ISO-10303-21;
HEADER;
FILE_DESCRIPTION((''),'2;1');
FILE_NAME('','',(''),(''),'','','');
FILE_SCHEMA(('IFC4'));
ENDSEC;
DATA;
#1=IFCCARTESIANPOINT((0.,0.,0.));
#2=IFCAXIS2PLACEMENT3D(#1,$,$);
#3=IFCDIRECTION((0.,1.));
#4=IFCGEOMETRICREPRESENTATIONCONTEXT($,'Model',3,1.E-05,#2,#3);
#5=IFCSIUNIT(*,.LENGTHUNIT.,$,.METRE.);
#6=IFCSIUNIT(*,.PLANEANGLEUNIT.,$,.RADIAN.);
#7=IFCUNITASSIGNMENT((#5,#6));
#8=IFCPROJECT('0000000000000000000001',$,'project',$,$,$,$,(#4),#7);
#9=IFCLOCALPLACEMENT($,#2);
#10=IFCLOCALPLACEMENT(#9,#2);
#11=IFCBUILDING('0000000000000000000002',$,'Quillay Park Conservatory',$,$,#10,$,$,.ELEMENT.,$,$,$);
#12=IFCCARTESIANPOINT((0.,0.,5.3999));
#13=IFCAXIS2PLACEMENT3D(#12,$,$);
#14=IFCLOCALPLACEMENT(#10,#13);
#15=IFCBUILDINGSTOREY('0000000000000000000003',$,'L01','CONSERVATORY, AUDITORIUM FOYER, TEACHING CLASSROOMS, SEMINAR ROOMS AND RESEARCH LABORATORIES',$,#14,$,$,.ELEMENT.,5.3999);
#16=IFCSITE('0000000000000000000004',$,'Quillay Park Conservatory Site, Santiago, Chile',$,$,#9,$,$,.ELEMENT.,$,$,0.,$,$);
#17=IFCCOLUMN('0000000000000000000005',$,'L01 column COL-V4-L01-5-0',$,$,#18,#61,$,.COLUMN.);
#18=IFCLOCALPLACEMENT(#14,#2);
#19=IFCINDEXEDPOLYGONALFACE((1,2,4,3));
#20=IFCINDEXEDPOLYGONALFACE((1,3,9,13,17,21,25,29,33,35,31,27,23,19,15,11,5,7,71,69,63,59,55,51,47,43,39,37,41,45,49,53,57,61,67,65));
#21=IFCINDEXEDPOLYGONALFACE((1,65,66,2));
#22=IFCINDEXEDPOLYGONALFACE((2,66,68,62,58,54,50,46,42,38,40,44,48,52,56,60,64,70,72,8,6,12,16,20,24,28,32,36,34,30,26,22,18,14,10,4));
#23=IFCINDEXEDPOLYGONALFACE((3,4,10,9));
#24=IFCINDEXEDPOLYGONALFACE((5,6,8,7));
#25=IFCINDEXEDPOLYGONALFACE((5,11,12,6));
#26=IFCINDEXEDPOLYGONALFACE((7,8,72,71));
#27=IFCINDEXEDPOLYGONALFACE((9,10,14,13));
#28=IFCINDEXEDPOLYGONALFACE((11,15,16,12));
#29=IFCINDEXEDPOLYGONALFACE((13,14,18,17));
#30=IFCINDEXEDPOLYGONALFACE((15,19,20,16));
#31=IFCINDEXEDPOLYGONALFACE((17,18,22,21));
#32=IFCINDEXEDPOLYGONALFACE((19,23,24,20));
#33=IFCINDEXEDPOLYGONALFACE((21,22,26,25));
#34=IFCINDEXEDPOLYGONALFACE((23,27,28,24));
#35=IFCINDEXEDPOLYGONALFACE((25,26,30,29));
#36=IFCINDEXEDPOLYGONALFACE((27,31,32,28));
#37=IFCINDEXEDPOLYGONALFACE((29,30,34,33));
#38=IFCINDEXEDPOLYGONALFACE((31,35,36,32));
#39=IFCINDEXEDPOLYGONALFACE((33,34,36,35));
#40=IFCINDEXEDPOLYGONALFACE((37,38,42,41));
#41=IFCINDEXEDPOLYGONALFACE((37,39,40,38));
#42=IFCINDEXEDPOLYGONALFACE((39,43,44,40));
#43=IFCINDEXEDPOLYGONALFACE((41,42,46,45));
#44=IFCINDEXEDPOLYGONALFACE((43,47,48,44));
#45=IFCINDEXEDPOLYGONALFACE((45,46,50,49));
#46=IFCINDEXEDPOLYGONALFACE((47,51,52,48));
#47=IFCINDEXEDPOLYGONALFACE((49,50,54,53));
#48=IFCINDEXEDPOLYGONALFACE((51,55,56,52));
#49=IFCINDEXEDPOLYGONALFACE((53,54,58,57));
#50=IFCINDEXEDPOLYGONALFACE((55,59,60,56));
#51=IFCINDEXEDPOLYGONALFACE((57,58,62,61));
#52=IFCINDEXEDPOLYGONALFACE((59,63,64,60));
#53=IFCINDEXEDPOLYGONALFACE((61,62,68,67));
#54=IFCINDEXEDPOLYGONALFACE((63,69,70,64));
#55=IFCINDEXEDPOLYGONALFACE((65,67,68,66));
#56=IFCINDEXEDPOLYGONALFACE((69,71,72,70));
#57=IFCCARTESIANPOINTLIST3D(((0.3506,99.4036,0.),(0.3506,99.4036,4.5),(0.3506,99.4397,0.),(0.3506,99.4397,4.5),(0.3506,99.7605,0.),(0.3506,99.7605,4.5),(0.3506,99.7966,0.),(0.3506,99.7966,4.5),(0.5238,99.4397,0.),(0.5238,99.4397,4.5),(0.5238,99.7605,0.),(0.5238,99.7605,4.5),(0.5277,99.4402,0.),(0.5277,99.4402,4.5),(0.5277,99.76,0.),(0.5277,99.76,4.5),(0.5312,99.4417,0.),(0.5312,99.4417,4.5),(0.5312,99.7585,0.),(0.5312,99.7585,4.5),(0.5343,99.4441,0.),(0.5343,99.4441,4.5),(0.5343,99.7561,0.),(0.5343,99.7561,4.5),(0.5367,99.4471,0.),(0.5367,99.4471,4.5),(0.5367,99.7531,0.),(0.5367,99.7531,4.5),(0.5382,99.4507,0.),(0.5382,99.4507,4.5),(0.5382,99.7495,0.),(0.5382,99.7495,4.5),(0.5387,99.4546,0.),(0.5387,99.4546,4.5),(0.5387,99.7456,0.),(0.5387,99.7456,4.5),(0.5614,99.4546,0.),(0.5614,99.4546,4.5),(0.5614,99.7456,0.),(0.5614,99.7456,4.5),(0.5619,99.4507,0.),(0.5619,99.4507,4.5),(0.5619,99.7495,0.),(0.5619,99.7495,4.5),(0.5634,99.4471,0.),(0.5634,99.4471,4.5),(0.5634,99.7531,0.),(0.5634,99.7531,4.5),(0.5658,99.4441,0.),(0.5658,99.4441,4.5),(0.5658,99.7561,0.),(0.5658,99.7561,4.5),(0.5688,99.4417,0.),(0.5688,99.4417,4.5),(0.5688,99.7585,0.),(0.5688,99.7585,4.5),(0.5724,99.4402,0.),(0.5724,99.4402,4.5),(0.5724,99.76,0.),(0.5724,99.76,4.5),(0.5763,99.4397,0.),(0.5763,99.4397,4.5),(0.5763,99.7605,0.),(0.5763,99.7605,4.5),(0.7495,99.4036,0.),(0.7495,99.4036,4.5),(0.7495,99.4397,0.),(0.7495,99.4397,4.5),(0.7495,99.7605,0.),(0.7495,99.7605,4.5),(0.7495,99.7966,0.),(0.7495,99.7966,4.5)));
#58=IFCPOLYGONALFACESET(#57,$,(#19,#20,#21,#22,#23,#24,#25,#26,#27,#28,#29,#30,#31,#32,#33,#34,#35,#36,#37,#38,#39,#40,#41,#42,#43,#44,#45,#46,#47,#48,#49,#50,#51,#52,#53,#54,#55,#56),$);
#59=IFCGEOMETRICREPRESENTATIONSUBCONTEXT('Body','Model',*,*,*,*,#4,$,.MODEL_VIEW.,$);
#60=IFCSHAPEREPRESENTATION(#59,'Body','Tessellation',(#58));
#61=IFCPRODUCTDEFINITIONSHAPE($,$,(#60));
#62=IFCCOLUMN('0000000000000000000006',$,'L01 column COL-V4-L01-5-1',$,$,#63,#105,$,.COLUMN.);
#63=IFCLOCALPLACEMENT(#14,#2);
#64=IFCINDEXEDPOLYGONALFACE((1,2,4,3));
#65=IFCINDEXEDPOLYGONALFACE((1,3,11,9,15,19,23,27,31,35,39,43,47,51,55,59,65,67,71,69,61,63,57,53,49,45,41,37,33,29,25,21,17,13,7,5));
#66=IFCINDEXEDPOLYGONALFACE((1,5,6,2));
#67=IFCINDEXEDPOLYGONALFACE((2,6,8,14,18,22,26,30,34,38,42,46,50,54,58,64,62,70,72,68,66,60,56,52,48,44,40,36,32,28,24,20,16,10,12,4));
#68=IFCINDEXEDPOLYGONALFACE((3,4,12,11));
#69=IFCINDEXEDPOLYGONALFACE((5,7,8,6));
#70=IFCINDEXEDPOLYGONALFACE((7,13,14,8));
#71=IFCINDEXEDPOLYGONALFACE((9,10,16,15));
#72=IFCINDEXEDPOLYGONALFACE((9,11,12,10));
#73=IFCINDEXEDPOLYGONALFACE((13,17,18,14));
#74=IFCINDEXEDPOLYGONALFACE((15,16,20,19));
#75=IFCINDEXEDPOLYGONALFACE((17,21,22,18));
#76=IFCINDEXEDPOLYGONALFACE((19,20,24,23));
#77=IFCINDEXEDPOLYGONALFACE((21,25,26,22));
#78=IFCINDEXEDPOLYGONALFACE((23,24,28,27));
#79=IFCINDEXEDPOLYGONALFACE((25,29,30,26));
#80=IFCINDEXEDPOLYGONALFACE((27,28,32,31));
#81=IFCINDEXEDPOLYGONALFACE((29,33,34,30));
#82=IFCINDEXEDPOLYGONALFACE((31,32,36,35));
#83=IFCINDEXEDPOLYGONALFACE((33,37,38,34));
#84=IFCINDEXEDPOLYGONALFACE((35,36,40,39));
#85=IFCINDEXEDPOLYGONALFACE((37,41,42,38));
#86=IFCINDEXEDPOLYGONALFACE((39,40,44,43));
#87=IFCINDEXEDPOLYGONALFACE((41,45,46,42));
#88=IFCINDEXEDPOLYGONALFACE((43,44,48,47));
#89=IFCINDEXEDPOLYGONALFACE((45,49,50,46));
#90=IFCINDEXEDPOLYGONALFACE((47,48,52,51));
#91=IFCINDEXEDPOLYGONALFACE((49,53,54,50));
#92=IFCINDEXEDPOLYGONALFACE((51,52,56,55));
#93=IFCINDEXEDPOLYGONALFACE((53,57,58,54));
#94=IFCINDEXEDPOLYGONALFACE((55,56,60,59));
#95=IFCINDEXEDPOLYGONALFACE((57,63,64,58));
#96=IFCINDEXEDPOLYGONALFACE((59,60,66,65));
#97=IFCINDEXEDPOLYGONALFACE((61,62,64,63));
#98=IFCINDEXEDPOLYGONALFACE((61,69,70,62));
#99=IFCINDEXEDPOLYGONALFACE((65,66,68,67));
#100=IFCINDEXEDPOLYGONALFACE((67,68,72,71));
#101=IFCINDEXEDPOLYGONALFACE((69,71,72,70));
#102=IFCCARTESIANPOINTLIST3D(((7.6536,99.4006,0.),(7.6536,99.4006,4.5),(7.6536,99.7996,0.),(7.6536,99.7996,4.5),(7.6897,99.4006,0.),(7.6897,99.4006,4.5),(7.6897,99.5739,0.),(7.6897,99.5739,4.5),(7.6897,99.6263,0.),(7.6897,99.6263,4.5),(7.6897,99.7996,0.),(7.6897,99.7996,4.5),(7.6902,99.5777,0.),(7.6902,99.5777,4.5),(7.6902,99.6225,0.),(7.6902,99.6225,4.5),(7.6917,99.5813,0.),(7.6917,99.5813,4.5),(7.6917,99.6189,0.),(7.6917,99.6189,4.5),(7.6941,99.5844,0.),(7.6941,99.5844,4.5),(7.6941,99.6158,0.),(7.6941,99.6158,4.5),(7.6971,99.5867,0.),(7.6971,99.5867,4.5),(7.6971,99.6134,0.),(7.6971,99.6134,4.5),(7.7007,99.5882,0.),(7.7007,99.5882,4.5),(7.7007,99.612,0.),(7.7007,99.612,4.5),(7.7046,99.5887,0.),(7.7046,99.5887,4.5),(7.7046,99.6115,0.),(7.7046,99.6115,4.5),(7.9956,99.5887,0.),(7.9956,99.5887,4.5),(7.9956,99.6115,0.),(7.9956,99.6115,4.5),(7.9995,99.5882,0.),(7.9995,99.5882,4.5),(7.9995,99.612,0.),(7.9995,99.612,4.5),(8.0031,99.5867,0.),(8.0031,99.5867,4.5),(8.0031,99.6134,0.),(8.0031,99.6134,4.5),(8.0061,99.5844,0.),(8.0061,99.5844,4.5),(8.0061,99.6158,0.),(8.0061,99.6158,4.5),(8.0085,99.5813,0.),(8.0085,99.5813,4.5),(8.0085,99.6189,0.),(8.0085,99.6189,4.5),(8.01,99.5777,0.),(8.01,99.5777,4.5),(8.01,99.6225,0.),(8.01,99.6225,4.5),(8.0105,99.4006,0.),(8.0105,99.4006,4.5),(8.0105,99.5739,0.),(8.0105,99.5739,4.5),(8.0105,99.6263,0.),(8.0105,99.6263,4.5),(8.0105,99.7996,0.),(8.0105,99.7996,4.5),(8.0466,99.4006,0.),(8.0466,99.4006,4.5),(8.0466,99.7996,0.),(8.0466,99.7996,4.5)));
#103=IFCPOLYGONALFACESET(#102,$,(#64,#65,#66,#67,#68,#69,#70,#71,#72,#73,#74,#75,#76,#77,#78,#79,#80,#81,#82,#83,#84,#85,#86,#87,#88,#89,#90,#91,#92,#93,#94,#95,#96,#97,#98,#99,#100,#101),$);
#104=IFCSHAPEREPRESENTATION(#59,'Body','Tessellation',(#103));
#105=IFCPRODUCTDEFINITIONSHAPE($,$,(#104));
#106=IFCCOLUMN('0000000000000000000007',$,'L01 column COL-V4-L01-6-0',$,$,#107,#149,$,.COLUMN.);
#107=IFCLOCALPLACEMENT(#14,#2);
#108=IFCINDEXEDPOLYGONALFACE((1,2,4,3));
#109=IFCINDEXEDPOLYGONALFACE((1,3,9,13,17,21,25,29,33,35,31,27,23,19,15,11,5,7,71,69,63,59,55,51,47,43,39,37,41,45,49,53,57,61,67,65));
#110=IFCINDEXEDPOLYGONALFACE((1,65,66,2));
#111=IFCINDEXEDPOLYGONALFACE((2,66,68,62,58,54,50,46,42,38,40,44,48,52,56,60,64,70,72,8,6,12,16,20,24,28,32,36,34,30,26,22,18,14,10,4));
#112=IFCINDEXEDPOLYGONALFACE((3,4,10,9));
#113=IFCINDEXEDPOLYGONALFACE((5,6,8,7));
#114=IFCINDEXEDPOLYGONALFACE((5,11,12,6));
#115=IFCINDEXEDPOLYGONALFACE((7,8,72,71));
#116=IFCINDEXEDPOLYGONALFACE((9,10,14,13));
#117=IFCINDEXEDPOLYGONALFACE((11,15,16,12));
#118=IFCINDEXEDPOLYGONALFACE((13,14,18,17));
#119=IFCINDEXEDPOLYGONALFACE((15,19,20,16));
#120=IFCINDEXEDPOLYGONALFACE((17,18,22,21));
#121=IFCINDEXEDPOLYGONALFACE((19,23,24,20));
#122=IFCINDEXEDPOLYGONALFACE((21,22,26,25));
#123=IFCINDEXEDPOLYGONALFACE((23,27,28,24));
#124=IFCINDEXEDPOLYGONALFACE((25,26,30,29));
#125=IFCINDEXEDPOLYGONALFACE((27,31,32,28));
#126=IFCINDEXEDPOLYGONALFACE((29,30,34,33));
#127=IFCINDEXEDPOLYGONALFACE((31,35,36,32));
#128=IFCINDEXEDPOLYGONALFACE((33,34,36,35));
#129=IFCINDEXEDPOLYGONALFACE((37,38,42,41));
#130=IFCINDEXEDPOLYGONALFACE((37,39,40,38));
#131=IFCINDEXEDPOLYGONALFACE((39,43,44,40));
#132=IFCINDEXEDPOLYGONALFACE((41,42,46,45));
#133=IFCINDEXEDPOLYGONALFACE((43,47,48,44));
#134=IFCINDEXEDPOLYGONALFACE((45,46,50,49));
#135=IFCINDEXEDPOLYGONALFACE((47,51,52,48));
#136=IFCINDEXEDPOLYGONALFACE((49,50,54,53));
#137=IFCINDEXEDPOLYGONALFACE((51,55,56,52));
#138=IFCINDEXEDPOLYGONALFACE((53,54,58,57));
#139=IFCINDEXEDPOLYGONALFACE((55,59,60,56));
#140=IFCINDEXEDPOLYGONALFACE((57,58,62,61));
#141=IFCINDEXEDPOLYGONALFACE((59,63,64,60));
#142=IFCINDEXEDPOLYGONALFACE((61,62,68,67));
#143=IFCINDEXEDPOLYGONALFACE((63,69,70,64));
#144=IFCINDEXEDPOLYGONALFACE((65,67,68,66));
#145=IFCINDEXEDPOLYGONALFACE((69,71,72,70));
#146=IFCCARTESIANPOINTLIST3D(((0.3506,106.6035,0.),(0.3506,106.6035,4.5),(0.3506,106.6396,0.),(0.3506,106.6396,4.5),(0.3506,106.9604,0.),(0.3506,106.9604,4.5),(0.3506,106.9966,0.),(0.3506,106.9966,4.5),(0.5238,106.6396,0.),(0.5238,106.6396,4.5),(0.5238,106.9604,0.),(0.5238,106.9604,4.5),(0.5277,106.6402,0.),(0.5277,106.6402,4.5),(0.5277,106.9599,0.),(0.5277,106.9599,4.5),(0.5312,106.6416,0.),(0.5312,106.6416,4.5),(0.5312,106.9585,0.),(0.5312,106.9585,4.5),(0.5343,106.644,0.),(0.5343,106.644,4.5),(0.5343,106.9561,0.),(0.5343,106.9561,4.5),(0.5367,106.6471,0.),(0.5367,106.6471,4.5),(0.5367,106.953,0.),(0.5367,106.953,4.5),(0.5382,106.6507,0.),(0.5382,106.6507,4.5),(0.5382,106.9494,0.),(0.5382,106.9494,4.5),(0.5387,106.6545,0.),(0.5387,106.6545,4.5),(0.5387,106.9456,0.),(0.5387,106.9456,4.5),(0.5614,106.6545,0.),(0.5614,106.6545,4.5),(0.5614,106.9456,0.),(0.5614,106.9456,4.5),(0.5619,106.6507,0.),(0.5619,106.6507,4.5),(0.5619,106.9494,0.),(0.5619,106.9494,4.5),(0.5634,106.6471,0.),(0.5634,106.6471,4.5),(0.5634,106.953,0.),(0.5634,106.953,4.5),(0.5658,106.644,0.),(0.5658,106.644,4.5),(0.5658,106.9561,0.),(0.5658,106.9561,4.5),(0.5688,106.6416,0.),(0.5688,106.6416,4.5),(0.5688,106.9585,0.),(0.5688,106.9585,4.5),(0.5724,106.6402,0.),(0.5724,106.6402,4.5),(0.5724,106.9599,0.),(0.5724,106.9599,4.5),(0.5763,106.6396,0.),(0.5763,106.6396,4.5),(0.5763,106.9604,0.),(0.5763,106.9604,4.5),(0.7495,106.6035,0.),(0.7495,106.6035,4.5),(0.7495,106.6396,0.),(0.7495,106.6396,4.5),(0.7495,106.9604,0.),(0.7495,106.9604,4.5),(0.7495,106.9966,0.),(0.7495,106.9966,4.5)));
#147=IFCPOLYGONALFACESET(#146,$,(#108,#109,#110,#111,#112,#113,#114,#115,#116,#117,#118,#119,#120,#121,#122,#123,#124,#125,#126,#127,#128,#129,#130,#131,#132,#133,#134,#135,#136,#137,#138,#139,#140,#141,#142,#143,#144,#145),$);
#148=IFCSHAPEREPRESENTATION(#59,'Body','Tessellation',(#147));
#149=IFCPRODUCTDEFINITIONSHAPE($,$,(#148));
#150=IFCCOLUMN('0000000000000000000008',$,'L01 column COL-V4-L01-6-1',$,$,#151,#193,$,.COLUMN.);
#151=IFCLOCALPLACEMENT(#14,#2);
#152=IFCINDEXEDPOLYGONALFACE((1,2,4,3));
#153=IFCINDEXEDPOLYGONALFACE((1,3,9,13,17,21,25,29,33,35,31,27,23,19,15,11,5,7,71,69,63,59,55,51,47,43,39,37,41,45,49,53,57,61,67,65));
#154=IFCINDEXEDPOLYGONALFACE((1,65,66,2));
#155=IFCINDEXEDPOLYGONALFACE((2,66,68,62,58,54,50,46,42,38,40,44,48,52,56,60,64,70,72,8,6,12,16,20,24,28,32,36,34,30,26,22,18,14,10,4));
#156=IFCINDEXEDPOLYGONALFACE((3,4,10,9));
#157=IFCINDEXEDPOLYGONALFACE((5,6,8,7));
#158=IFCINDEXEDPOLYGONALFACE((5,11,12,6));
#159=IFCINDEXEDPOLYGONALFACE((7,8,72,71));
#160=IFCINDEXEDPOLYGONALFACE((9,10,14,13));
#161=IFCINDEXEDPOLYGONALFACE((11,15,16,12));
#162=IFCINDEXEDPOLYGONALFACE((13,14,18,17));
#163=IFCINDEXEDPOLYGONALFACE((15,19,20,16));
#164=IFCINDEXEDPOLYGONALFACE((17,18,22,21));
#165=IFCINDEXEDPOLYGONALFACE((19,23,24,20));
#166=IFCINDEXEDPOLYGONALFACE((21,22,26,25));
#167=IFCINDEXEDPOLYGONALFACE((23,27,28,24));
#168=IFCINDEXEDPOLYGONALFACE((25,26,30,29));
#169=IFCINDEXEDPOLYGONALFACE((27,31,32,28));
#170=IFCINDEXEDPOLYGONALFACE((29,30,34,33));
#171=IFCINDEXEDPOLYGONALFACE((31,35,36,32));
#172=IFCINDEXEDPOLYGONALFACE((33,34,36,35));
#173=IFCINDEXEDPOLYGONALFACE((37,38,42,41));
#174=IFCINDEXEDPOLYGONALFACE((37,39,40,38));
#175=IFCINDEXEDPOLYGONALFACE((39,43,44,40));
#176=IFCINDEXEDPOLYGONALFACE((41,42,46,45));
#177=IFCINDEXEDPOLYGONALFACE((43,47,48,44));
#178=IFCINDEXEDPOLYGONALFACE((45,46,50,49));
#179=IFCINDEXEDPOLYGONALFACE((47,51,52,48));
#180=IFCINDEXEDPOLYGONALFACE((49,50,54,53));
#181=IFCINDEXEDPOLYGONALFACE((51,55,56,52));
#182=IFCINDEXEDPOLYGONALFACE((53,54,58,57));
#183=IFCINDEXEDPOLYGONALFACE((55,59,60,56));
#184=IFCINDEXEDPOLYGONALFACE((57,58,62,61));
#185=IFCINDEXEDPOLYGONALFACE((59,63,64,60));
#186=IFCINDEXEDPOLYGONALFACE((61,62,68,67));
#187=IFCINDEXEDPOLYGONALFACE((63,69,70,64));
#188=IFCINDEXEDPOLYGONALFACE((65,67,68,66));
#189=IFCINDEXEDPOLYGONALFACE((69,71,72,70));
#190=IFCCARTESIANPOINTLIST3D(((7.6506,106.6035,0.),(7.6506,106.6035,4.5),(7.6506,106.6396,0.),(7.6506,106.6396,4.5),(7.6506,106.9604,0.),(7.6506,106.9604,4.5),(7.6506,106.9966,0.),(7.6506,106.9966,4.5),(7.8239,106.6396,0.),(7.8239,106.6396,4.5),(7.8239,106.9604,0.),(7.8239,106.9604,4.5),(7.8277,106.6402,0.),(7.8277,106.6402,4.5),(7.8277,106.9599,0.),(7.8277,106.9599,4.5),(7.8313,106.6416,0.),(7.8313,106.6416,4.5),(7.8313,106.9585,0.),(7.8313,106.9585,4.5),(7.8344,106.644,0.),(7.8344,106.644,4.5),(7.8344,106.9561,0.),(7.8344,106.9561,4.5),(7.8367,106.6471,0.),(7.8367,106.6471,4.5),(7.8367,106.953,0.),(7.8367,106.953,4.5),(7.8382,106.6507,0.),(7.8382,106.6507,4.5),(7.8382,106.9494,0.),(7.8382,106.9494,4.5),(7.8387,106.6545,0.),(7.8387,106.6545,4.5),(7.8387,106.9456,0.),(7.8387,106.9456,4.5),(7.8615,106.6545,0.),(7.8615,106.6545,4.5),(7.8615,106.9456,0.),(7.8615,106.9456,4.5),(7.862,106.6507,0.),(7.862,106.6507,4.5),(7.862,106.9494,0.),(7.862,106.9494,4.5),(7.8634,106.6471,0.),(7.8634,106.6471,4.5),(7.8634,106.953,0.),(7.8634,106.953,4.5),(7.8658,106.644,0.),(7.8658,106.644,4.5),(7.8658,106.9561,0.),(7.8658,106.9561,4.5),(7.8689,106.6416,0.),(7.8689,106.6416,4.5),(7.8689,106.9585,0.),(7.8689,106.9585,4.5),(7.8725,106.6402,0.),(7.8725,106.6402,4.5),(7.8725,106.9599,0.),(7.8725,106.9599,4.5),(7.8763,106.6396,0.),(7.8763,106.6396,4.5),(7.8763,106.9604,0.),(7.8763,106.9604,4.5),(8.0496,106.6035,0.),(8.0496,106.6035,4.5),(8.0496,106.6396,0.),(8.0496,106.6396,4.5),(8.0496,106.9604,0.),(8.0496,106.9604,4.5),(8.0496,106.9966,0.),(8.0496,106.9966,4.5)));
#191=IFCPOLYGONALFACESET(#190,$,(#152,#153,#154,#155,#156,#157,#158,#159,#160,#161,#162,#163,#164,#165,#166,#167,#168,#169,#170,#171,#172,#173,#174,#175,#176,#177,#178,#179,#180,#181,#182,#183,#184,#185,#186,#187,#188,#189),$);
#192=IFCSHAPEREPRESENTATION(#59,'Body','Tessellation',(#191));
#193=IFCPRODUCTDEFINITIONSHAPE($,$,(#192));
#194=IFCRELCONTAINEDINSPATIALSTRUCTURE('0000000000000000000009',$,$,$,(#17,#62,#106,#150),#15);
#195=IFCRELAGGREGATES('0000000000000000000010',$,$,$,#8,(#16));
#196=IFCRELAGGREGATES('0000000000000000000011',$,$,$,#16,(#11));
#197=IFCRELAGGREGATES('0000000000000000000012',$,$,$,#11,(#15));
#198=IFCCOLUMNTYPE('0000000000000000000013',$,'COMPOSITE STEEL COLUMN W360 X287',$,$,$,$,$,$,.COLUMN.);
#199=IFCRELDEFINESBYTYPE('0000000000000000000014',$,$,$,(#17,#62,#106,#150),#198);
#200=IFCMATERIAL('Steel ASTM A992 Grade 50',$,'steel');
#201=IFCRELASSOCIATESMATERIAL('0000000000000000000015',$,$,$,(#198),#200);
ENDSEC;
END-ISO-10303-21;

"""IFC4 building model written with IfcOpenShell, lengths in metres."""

from ifc_helpers import new_model, si_unit, direction, frame, origin, origin_2d, place, context, subcontext, project, spatial, i_section, extrude, material, material_profile, profile_set, type_object, element, save


model = new_model("IFC4")

# Units and contexts
model_context = context("Model", 3, precision=1e-05, world=origin(), true_north=direction((0.0, 1.0)))
body_context = subcontext(model_context, "Body", "Model", "MODEL_VIEW")
ifc_project = project(units=[si_unit("LENGTHUNIT", "METRE"), si_unit("PLANEANGLEUNIT", "RADIAN")], contexts=[model_context])

# Site, building, storey
site_placement = place(None, origin())
site = spatial("IfcSite", under=ifc_project, at=site_placement, Name="Quillay Park Conservatory Site, Santiago, Chile", CompositionType="ELEMENT", RefElevation=0.0)
building_placement = place(site_placement, origin())
building = spatial("IfcBuilding", under=site, at=building_placement, Name="Quillay Park Conservatory", CompositionType="ELEMENT")
storey_placement = place(building_placement, frame((0.0, 0.0, 5.3999)))
storey = spatial("IfcBuildingStorey", under=building, at=storey_placement, Name="L01", Description="CONSERVATORY, AUDITORIUM FOYER, TEACHING CLASSROOMS, SEMINAR ROOMS AND RESEARCH LABORATORIES", CompositionType="ELEMENT", Elevation=5.3999)

# Columns
ifc_material_1 = material(Name="Steel ASTM A992 Grade 50", Category="steel")
ifc_material_profile_1 = material_profile(ifc_material_1, i_section(OverallWidth=0.3989, OverallDepth=0.3931, WebThickness=0.0227, FlangeThickness=0.0361, FilletRadius=0.0149, at=origin_2d()), Name="W360x287")
ifc_profile_set_1 = profile_set([ifc_material_profile_1], Name="Steel ASTM A992 Grade 50")
column_type = type_object("IfcColumnType", Name="COMPOSITE STEEL COLUMN W360 X287", PredefinedType="COLUMN", material=ifc_profile_set_1)
for number, where, z_axis, x_axis, name in (
    (1, (0.55, 99.6001, 0.0), (0.0, 0.0, 1.0), (1.0, 0.0, 0.0), "L01 column COL-V4-L01-5-0"),
    (2, (7.8501, 99.6001, 0.0), (0.0, 0.0, 1.0), (0.0, 1.0, 0.0), "L01 column COL-V4-L01-5-1"),
    (3, (0.55, 106.8, 0.0), (0.0, 0.0, 1.0), (1.0, 0.0, 0.0), "L01 column COL-V4-L01-6-0"),
    (4, (7.8501, 106.8, 0.0), (0.0, 0.0, 1.0), (1.0, 0.0, 0.0), "L01 column COL-V4-L01-6-1"),
):
    element("IfcColumn", number, at=place(storey_placement, frame(where, z_axis=z_axis, x_axis=x_axis)), inside=storey, type_object=column_type, Name=name, PredefinedType="COLUMN", context=body_context, shape_type="SweptSolid", body=[
        extrude(i_section(OverallWidth=0.3989, OverallDepth=0.3931, WebThickness=0.0227, FlangeThickness=0.0361, FilletRadius=0.0149, at=origin_2d()), origin(), (0.0, 0.0, 1.0), 4.5),
    ])

save(model, "model.ifc")
